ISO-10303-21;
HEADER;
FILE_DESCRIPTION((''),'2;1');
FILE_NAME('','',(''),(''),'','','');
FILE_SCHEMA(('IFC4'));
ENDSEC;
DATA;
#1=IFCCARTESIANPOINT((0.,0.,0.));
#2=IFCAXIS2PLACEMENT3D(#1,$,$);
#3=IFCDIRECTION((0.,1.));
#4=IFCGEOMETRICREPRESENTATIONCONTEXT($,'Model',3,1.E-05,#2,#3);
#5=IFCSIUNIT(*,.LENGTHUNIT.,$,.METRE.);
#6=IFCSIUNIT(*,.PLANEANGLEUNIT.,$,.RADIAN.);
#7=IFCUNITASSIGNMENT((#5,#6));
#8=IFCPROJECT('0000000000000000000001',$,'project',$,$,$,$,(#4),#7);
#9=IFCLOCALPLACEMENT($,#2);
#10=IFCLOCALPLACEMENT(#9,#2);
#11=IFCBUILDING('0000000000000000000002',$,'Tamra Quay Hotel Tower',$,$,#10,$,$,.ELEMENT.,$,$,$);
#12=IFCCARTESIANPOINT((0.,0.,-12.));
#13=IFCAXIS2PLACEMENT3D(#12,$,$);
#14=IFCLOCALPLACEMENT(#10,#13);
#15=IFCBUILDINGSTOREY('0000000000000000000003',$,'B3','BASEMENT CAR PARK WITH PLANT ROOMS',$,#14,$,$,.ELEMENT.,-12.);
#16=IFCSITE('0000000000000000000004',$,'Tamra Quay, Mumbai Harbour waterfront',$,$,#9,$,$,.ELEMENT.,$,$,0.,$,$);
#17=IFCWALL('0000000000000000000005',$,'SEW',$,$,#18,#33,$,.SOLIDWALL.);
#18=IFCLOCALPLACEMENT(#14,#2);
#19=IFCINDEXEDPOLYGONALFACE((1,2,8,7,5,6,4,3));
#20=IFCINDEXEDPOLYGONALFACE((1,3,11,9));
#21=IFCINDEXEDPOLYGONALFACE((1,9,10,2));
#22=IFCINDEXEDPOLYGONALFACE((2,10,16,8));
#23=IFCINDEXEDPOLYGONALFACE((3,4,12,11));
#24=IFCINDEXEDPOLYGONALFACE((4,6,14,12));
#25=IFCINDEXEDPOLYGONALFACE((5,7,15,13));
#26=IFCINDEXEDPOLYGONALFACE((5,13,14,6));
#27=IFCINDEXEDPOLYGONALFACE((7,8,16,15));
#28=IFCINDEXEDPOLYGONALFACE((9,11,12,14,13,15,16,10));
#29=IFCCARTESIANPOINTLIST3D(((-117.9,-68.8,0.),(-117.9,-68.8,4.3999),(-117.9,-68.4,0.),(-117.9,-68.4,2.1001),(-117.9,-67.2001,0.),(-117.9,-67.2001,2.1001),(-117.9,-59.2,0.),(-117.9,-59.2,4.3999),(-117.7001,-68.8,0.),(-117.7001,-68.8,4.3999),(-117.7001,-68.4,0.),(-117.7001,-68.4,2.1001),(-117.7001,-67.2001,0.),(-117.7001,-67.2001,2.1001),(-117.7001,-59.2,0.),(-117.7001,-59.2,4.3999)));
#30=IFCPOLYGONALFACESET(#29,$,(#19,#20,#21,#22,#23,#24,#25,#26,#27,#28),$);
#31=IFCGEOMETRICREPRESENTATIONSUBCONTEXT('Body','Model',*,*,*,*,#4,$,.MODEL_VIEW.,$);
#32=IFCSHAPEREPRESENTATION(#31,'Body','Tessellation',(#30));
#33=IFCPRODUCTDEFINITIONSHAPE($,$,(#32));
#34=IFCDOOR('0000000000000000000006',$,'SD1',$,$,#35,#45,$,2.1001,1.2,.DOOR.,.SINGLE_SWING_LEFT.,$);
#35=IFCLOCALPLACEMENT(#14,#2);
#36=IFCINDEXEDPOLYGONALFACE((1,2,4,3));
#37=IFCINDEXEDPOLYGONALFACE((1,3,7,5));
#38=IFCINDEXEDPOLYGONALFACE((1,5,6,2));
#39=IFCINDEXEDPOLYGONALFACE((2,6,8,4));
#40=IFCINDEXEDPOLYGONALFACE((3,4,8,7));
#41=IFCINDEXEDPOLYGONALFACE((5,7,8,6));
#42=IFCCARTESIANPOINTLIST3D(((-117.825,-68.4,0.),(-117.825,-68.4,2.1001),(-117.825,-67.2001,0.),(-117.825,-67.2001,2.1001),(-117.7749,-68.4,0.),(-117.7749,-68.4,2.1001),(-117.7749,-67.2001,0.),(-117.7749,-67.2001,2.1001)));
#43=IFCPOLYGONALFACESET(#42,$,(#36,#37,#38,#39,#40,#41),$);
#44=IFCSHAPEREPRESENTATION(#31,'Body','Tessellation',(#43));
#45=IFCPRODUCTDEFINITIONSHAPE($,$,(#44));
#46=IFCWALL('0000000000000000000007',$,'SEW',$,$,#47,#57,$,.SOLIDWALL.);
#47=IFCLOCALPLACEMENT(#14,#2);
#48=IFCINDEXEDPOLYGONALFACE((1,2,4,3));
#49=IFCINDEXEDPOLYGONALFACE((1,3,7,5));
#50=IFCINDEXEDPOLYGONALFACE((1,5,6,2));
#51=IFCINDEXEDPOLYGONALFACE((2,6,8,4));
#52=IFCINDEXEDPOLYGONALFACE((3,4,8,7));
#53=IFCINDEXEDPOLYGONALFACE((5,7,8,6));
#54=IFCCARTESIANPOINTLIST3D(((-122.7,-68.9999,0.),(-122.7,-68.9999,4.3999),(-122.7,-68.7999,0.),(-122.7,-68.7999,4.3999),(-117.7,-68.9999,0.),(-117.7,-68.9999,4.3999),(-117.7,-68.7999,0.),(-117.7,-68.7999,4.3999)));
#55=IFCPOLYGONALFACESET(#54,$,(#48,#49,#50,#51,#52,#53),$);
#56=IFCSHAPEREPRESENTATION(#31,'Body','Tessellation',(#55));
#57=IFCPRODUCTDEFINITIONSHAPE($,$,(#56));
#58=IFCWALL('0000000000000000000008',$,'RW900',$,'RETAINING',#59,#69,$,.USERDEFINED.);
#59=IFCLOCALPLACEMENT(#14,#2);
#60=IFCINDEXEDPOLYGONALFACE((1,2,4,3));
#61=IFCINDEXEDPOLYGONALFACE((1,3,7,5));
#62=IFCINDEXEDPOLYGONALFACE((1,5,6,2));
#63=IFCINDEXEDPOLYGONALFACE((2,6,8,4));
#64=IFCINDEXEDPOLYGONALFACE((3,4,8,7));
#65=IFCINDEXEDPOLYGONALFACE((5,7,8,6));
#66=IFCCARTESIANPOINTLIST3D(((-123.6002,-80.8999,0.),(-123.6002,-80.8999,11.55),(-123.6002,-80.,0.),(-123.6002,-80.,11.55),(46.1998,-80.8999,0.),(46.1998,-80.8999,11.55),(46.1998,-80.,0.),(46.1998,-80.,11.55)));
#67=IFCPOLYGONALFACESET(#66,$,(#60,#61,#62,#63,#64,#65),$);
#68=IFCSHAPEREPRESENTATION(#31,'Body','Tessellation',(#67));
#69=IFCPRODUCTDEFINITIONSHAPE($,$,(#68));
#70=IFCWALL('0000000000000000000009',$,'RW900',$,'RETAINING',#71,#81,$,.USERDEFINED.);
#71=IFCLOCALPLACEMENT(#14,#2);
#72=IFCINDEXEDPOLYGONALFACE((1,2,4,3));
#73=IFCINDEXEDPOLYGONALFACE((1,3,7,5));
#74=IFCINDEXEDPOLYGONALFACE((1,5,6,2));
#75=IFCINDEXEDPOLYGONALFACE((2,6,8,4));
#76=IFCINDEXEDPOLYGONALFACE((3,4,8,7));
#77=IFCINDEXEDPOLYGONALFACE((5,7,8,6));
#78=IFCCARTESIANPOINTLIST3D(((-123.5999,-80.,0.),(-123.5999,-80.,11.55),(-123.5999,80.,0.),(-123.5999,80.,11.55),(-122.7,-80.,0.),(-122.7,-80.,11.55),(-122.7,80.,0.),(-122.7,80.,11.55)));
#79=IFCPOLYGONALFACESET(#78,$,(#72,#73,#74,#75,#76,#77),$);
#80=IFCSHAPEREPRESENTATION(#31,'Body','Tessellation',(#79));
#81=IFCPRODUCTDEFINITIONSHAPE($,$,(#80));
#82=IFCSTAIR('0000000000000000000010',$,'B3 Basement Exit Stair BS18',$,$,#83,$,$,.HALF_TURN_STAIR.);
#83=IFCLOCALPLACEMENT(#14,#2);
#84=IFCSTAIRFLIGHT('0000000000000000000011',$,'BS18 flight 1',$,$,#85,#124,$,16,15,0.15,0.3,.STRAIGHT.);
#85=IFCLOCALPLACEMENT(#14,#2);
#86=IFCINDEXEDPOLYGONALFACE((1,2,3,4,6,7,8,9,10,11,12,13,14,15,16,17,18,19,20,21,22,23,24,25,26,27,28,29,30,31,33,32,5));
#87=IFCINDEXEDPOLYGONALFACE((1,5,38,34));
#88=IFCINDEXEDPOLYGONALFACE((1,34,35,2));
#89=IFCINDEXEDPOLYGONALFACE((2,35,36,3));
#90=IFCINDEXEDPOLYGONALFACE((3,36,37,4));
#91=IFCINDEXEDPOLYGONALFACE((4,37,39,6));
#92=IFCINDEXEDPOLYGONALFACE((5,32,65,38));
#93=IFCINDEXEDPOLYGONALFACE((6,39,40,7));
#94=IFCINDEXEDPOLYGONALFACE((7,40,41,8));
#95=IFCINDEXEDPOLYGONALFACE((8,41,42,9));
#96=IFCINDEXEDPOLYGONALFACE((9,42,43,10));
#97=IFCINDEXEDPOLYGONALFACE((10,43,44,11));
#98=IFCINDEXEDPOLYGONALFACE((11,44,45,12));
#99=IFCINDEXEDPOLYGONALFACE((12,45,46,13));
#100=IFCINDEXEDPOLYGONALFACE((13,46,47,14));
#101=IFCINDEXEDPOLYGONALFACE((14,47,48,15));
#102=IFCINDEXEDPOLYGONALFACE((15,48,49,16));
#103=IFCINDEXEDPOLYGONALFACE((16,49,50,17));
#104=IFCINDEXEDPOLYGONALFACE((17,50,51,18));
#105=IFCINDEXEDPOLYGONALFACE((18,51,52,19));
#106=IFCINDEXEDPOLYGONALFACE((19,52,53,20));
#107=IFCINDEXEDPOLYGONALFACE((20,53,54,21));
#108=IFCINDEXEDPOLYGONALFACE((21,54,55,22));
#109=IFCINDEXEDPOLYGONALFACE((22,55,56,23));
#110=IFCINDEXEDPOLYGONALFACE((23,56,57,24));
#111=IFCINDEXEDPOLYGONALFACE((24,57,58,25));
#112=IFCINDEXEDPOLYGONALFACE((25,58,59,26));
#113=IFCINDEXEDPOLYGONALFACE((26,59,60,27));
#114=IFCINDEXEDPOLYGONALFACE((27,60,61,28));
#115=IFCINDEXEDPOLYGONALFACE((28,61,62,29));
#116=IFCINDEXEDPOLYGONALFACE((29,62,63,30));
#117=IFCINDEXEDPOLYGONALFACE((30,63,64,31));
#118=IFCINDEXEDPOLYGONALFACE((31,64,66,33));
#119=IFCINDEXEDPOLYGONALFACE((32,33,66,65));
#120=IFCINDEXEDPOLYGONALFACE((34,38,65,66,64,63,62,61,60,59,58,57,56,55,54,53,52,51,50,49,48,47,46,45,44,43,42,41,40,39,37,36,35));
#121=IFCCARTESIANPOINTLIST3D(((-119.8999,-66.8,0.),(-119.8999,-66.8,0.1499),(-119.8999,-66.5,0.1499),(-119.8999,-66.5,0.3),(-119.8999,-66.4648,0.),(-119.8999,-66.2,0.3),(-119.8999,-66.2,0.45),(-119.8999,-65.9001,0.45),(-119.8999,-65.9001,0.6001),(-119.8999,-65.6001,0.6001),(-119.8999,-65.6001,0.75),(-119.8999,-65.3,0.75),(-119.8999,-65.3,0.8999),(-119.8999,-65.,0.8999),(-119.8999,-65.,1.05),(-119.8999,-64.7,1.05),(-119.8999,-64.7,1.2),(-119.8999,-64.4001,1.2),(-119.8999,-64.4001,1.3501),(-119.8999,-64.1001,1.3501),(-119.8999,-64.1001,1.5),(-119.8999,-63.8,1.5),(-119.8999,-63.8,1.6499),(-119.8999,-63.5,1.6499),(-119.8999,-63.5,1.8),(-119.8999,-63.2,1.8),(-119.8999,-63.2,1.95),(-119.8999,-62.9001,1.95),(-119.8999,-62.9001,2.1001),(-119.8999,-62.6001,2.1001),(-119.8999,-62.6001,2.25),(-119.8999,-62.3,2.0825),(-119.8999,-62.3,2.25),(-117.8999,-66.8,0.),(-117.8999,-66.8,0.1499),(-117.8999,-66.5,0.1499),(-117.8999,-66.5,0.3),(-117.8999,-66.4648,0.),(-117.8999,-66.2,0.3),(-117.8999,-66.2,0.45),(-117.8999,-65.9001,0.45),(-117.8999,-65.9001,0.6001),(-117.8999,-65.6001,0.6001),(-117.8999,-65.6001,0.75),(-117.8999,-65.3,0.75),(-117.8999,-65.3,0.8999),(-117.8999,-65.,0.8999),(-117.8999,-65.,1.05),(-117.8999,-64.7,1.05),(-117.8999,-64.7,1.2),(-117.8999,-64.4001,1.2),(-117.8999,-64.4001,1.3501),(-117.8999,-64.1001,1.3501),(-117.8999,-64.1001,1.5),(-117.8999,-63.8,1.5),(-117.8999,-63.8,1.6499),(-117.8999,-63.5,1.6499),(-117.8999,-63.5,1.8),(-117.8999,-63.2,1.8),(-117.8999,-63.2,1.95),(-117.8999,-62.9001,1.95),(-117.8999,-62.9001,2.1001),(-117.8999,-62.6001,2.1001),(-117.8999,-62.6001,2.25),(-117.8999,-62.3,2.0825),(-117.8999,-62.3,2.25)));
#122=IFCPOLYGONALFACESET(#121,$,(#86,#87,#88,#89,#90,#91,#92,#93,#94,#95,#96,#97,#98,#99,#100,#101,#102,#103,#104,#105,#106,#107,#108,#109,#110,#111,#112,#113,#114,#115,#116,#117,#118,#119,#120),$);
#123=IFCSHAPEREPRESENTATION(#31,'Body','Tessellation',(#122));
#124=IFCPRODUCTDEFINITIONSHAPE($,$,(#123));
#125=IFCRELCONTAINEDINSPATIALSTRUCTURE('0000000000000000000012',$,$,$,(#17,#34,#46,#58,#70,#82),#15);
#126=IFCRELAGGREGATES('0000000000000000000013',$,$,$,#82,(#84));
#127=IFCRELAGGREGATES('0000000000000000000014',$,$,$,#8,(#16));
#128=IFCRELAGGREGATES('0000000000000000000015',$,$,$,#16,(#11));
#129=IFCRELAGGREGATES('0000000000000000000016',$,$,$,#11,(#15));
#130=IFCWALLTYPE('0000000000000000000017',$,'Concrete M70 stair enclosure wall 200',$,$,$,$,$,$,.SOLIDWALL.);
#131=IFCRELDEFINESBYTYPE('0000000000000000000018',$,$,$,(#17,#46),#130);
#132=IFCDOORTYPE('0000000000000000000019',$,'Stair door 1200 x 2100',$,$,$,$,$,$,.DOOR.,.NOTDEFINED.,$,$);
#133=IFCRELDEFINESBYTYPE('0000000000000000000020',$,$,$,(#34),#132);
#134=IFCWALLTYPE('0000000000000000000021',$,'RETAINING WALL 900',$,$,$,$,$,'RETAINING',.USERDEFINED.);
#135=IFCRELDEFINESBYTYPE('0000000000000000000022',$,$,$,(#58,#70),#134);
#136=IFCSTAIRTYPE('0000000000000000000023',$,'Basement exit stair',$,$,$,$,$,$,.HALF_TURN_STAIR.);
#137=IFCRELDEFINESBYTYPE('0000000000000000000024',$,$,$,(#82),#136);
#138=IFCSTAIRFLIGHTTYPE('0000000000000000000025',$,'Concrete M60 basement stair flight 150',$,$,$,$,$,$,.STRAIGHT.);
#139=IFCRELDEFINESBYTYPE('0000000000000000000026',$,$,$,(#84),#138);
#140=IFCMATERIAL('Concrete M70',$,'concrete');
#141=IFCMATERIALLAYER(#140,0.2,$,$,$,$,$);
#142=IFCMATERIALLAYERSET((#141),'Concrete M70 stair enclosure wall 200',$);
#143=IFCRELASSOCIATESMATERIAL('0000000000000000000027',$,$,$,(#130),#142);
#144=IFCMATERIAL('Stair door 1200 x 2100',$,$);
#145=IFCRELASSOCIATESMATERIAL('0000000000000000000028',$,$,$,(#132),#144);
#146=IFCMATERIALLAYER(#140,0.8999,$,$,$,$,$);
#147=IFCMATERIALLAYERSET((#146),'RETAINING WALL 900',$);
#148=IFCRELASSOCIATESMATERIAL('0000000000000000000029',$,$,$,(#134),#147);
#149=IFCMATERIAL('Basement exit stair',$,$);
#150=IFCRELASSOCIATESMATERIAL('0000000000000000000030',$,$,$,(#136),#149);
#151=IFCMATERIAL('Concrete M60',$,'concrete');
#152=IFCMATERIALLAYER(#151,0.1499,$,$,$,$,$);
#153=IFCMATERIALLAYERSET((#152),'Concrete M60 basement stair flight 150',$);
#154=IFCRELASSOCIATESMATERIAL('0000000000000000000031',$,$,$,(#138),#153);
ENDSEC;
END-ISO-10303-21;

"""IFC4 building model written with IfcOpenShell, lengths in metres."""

from ifc_helpers import new_model, si_unit, direction, frame, frame_2d, origin, place, context, subcontext, project, spatial, polyline, rectangle, outline, extrude, material, layer, layer_set, type_object, element, fill, aggregate, save


model = new_model("IFC4")

# Units and contexts
model_context = context("Model", 3, precision=1e-05, world=origin(), true_north=direction((0.0, 1.0)))
body_context = subcontext(model_context, "Body", "Model", "MODEL_VIEW")
ifc_project = project(units=[si_unit("LENGTHUNIT", "METRE"), si_unit("PLANEANGLEUNIT", "RADIAN")], contexts=[model_context])

# Site, building, storey
site_placement = place(None, origin())
site = spatial("IfcSite", under=ifc_project, at=site_placement, Name="Tamra Quay, Mumbai Harbour waterfront", CompositionType="ELEMENT", RefElevation=0.0)
building_placement = place(site_placement, origin())
building = spatial("IfcBuilding", under=site, at=building_placement, Name="Tamra Quay Hotel Tower", CompositionType="ELEMENT")
storey_placement = place(building_placement, frame((0.0, 0.0, -12.0)))
storey = spatial("IfcBuildingStorey", under=building, at=storey_placement, Name="B3", Description="BASEMENT CAR PARK WITH PLANT ROOMS", CompositionType="ELEMENT", Elevation=-12.0)

# Shared definitions
ifc_material_1 = material(Name="Concrete M70", Category="concrete")

# Shared definitions
ifc_material_2 = material(Name="Concrete M60", Category="concrete")
ifc_layer_1 = layer(ifc_material_1, 0.2)
ifc_layer_set_1 = layer_set([ifc_layer_1], Name="Concrete M70 stair enclosure wall 200")
wall_type_1 = type_object("IfcWallType", Name="Concrete M70 stair enclosure wall 200", PredefinedType="SOLIDWALL", material=ifc_layer_set_1)

# Wall, opening, door
wall_1_placement = place(storey_placement, frame((-117.8, -68.8, 0.0), z_axis=(0.0, 0.0, 1.0), x_axis=(0.0, 1.0, 0.0)))
wall_1 = element("IfcWall", 1, at=wall_1_placement, inside=storey, type_object=wall_type_1, Name="SEW", PredefinedType="SOLIDWALL", context=body_context, shape_type="SweptSolid", body=[
    extrude(rectangle(XDim=9.6001, YDim=0.2, at=frame_2d((4.8, 0.0))), origin(), (0.0, 0.0, 1.0), 4.3999),
])
opening_1_placement = place(wall_1_placement, frame((0.3999, 0.0, 0.0)))
opening_1 = element("IfcOpeningElement", 2, at=opening_1_placement, cuts=wall_1, PredefinedType="OPENING", context=body_context, shape_type="SweptSolid", body=[
    extrude(rectangle(XDim=1.2, YDim=2.1001, at=frame_2d((0.6001, 1.05))), frame((0.0, 0.1099, 0.0), z_axis=(0.0, -1.0, 0.0), x_axis=(1.0, 0.0, 0.0)), (0.0, 0.0, 1.0), 0.22),
])
ifc_material_3 = material(Name="Stair door 1200 x 2100")
door_type_1 = type_object("IfcDoorType", Name="Stair door 1200 x 2100", OperationType="NOTDEFINED", PredefinedType="DOOR", material=ifc_material_3)
door_1_placement = place(opening_1_placement, origin())
door_1 = element("IfcDoor", 3, at=door_1_placement, inside=storey, type_object=door_type_1, Name="SD1", OperationType="SINGLE_SWING_LEFT", OverallHeight=2.1001, OverallWidth=1.2, PredefinedType="DOOR", context=body_context, shape_type="SweptSolid", body=[
    extrude(rectangle(XDim=1.2, YDim=2.1001, at=frame_2d((0.6001, 1.05))), frame((0.0, 0.0249, 0.0), z_axis=(0.0, -1.0, 0.0), x_axis=(1.0, 0.0, 0.0)), (0.0, 0.0, 1.0), 0.05),
])
fill(opening_1, door_1)

# Walls
wall_2_placement = place(storey_placement, frame((-117.7, -68.8999, 0.0), z_axis=(0.0, 0.0, 1.0), x_axis=(-1.0, 0.0, 0.0)))
element("IfcWall", 4, at=wall_2_placement, inside=storey, type_object=wall_type_1, Name="SEW", PredefinedType="SOLIDWALL", context=body_context, shape_type="SweptSolid", body=[
    extrude(rectangle(XDim=5.0, YDim=0.2, at=frame_2d((2.5, 0.0))), origin(), (0.0, 0.0, 1.0), 4.3999),
])
ifc_layer_2 = layer(ifc_material_1, 0.8999)
ifc_layer_set_2 = layer_set([ifc_layer_2], Name="RETAINING WALL 900")
wall_type_2 = type_object("IfcWallType", Name="RETAINING WALL 900", ElementType="RETAINING", PredefinedType="USERDEFINED", material=ifc_layer_set_2)
wall_3_placement = place(storey_placement, frame((-123.6001, -80.45, 0.0), z_axis=(0.0, 0.0, 1.0), x_axis=(1.0, 0.0, 0.0)))
element("IfcWall", 5, at=wall_3_placement, inside=storey, type_object=wall_type_2, Name="RW900", ObjectType="RETAINING", PredefinedType="USERDEFINED", context=body_context, shape_type="SweptSolid", body=[
    extrude(rectangle(XDim=169.8, YDim=0.8999, at=frame_2d((84.8999, 0.0))), origin(), (0.0, 0.0, 1.0), 11.55),
])
wall_4_placement = place(storey_placement, frame((-123.1499, -80.0, 0.0), z_axis=(0.0, 0.0, 1.0), x_axis=(0.0, 1.0, 0.0)))
element("IfcWall", 6, at=wall_4_placement, inside=storey, type_object=wall_type_2, Name="RW900", ObjectType="RETAINING", PredefinedType="USERDEFINED", context=body_context, shape_type="SweptSolid", body=[
    extrude(rectangle(XDim=160.0, YDim=0.8999, at=frame_2d((80.0, 0.0))), origin(), (0.0, 0.0, 1.0), 11.55),
])

# Stair, stair flight
ifc_material_4 = material(Name="Basement exit stair")
stair_type = type_object("IfcStairType", Name="Basement exit stair", PredefinedType="HALF_TURN_STAIR", material=ifc_material_4)
stair_placement = place(storey_placement, origin())
stair = element("IfcStair", 7, at=stair_placement, inside=storey, type_object=stair_type, Name="B3 Basement Exit Stair BS18", PredefinedType="HALF_TURN_STAIR")
ifc_layer_3 = layer(ifc_material_2, 0.1499)
ifc_layer_set_3 = layer_set([ifc_layer_3], Name="Concrete M60 basement stair flight 150")
stair_flight_type = type_object("IfcStairFlightType", Name="Concrete M60 basement stair flight 150", PredefinedType="STRAIGHT", material=ifc_layer_set_3)
stair_flight_placement = place(storey_placement, frame((-118.8999, -66.8, 0.0), z_axis=(0.0, 0.0, 1.0), x_axis=(0.0, 1.0, 0.0)))
stair_flight = element("IfcStairFlight", 8, at=stair_flight_placement, type_object=stair_flight_type, Name="BS18 flight 1", NumberOfRisers=16, NumberOfTreads=15, PredefinedType="STRAIGHT", RiserHeight=0.15, TreadLength=0.3, context=body_context, shape_type="SweptSolid", body=[
    extrude(outline(polyline([(0.0, 0.0), (0.0, 0.1499), (0.3, 0.1499), (0.3, 0.3), (0.6001, 0.3), (0.6001, 0.45), (0.8999, 0.45), (0.8999, 0.6001), (1.2, 0.6001), (1.2, 0.75), (1.5, 0.75), (1.5, 0.8999), (1.8, 0.8999), (1.8, 1.05), (2.1001, 1.05), (2.1001, 1.2), (2.3999, 1.2), (2.3999, 1.3501), (2.7, 1.3501), (2.7, 1.5), (3.0, 1.5), (3.0, 1.6499), (3.3, 1.6499), (3.3, 1.8), (3.6001, 1.8), (3.6001, 1.95), (3.8999, 1.95), (3.8999, 2.1001), (4.2, 2.1001), (4.2, 2.25), (4.5, 2.25), (4.5, 2.3999), (4.5, 2.0825), (0.3352, 0.0), (0.0, 0.0)])), frame((0.0, 1.0, 0.0), z_axis=(0.0, -1.0, 0.0), x_axis=(1.0, 0.0, 0.0)), (0.0, 0.0, 1.0), 2.0),
])
aggregate(stair, [stair_flight])

save(model, "model.ifc")
